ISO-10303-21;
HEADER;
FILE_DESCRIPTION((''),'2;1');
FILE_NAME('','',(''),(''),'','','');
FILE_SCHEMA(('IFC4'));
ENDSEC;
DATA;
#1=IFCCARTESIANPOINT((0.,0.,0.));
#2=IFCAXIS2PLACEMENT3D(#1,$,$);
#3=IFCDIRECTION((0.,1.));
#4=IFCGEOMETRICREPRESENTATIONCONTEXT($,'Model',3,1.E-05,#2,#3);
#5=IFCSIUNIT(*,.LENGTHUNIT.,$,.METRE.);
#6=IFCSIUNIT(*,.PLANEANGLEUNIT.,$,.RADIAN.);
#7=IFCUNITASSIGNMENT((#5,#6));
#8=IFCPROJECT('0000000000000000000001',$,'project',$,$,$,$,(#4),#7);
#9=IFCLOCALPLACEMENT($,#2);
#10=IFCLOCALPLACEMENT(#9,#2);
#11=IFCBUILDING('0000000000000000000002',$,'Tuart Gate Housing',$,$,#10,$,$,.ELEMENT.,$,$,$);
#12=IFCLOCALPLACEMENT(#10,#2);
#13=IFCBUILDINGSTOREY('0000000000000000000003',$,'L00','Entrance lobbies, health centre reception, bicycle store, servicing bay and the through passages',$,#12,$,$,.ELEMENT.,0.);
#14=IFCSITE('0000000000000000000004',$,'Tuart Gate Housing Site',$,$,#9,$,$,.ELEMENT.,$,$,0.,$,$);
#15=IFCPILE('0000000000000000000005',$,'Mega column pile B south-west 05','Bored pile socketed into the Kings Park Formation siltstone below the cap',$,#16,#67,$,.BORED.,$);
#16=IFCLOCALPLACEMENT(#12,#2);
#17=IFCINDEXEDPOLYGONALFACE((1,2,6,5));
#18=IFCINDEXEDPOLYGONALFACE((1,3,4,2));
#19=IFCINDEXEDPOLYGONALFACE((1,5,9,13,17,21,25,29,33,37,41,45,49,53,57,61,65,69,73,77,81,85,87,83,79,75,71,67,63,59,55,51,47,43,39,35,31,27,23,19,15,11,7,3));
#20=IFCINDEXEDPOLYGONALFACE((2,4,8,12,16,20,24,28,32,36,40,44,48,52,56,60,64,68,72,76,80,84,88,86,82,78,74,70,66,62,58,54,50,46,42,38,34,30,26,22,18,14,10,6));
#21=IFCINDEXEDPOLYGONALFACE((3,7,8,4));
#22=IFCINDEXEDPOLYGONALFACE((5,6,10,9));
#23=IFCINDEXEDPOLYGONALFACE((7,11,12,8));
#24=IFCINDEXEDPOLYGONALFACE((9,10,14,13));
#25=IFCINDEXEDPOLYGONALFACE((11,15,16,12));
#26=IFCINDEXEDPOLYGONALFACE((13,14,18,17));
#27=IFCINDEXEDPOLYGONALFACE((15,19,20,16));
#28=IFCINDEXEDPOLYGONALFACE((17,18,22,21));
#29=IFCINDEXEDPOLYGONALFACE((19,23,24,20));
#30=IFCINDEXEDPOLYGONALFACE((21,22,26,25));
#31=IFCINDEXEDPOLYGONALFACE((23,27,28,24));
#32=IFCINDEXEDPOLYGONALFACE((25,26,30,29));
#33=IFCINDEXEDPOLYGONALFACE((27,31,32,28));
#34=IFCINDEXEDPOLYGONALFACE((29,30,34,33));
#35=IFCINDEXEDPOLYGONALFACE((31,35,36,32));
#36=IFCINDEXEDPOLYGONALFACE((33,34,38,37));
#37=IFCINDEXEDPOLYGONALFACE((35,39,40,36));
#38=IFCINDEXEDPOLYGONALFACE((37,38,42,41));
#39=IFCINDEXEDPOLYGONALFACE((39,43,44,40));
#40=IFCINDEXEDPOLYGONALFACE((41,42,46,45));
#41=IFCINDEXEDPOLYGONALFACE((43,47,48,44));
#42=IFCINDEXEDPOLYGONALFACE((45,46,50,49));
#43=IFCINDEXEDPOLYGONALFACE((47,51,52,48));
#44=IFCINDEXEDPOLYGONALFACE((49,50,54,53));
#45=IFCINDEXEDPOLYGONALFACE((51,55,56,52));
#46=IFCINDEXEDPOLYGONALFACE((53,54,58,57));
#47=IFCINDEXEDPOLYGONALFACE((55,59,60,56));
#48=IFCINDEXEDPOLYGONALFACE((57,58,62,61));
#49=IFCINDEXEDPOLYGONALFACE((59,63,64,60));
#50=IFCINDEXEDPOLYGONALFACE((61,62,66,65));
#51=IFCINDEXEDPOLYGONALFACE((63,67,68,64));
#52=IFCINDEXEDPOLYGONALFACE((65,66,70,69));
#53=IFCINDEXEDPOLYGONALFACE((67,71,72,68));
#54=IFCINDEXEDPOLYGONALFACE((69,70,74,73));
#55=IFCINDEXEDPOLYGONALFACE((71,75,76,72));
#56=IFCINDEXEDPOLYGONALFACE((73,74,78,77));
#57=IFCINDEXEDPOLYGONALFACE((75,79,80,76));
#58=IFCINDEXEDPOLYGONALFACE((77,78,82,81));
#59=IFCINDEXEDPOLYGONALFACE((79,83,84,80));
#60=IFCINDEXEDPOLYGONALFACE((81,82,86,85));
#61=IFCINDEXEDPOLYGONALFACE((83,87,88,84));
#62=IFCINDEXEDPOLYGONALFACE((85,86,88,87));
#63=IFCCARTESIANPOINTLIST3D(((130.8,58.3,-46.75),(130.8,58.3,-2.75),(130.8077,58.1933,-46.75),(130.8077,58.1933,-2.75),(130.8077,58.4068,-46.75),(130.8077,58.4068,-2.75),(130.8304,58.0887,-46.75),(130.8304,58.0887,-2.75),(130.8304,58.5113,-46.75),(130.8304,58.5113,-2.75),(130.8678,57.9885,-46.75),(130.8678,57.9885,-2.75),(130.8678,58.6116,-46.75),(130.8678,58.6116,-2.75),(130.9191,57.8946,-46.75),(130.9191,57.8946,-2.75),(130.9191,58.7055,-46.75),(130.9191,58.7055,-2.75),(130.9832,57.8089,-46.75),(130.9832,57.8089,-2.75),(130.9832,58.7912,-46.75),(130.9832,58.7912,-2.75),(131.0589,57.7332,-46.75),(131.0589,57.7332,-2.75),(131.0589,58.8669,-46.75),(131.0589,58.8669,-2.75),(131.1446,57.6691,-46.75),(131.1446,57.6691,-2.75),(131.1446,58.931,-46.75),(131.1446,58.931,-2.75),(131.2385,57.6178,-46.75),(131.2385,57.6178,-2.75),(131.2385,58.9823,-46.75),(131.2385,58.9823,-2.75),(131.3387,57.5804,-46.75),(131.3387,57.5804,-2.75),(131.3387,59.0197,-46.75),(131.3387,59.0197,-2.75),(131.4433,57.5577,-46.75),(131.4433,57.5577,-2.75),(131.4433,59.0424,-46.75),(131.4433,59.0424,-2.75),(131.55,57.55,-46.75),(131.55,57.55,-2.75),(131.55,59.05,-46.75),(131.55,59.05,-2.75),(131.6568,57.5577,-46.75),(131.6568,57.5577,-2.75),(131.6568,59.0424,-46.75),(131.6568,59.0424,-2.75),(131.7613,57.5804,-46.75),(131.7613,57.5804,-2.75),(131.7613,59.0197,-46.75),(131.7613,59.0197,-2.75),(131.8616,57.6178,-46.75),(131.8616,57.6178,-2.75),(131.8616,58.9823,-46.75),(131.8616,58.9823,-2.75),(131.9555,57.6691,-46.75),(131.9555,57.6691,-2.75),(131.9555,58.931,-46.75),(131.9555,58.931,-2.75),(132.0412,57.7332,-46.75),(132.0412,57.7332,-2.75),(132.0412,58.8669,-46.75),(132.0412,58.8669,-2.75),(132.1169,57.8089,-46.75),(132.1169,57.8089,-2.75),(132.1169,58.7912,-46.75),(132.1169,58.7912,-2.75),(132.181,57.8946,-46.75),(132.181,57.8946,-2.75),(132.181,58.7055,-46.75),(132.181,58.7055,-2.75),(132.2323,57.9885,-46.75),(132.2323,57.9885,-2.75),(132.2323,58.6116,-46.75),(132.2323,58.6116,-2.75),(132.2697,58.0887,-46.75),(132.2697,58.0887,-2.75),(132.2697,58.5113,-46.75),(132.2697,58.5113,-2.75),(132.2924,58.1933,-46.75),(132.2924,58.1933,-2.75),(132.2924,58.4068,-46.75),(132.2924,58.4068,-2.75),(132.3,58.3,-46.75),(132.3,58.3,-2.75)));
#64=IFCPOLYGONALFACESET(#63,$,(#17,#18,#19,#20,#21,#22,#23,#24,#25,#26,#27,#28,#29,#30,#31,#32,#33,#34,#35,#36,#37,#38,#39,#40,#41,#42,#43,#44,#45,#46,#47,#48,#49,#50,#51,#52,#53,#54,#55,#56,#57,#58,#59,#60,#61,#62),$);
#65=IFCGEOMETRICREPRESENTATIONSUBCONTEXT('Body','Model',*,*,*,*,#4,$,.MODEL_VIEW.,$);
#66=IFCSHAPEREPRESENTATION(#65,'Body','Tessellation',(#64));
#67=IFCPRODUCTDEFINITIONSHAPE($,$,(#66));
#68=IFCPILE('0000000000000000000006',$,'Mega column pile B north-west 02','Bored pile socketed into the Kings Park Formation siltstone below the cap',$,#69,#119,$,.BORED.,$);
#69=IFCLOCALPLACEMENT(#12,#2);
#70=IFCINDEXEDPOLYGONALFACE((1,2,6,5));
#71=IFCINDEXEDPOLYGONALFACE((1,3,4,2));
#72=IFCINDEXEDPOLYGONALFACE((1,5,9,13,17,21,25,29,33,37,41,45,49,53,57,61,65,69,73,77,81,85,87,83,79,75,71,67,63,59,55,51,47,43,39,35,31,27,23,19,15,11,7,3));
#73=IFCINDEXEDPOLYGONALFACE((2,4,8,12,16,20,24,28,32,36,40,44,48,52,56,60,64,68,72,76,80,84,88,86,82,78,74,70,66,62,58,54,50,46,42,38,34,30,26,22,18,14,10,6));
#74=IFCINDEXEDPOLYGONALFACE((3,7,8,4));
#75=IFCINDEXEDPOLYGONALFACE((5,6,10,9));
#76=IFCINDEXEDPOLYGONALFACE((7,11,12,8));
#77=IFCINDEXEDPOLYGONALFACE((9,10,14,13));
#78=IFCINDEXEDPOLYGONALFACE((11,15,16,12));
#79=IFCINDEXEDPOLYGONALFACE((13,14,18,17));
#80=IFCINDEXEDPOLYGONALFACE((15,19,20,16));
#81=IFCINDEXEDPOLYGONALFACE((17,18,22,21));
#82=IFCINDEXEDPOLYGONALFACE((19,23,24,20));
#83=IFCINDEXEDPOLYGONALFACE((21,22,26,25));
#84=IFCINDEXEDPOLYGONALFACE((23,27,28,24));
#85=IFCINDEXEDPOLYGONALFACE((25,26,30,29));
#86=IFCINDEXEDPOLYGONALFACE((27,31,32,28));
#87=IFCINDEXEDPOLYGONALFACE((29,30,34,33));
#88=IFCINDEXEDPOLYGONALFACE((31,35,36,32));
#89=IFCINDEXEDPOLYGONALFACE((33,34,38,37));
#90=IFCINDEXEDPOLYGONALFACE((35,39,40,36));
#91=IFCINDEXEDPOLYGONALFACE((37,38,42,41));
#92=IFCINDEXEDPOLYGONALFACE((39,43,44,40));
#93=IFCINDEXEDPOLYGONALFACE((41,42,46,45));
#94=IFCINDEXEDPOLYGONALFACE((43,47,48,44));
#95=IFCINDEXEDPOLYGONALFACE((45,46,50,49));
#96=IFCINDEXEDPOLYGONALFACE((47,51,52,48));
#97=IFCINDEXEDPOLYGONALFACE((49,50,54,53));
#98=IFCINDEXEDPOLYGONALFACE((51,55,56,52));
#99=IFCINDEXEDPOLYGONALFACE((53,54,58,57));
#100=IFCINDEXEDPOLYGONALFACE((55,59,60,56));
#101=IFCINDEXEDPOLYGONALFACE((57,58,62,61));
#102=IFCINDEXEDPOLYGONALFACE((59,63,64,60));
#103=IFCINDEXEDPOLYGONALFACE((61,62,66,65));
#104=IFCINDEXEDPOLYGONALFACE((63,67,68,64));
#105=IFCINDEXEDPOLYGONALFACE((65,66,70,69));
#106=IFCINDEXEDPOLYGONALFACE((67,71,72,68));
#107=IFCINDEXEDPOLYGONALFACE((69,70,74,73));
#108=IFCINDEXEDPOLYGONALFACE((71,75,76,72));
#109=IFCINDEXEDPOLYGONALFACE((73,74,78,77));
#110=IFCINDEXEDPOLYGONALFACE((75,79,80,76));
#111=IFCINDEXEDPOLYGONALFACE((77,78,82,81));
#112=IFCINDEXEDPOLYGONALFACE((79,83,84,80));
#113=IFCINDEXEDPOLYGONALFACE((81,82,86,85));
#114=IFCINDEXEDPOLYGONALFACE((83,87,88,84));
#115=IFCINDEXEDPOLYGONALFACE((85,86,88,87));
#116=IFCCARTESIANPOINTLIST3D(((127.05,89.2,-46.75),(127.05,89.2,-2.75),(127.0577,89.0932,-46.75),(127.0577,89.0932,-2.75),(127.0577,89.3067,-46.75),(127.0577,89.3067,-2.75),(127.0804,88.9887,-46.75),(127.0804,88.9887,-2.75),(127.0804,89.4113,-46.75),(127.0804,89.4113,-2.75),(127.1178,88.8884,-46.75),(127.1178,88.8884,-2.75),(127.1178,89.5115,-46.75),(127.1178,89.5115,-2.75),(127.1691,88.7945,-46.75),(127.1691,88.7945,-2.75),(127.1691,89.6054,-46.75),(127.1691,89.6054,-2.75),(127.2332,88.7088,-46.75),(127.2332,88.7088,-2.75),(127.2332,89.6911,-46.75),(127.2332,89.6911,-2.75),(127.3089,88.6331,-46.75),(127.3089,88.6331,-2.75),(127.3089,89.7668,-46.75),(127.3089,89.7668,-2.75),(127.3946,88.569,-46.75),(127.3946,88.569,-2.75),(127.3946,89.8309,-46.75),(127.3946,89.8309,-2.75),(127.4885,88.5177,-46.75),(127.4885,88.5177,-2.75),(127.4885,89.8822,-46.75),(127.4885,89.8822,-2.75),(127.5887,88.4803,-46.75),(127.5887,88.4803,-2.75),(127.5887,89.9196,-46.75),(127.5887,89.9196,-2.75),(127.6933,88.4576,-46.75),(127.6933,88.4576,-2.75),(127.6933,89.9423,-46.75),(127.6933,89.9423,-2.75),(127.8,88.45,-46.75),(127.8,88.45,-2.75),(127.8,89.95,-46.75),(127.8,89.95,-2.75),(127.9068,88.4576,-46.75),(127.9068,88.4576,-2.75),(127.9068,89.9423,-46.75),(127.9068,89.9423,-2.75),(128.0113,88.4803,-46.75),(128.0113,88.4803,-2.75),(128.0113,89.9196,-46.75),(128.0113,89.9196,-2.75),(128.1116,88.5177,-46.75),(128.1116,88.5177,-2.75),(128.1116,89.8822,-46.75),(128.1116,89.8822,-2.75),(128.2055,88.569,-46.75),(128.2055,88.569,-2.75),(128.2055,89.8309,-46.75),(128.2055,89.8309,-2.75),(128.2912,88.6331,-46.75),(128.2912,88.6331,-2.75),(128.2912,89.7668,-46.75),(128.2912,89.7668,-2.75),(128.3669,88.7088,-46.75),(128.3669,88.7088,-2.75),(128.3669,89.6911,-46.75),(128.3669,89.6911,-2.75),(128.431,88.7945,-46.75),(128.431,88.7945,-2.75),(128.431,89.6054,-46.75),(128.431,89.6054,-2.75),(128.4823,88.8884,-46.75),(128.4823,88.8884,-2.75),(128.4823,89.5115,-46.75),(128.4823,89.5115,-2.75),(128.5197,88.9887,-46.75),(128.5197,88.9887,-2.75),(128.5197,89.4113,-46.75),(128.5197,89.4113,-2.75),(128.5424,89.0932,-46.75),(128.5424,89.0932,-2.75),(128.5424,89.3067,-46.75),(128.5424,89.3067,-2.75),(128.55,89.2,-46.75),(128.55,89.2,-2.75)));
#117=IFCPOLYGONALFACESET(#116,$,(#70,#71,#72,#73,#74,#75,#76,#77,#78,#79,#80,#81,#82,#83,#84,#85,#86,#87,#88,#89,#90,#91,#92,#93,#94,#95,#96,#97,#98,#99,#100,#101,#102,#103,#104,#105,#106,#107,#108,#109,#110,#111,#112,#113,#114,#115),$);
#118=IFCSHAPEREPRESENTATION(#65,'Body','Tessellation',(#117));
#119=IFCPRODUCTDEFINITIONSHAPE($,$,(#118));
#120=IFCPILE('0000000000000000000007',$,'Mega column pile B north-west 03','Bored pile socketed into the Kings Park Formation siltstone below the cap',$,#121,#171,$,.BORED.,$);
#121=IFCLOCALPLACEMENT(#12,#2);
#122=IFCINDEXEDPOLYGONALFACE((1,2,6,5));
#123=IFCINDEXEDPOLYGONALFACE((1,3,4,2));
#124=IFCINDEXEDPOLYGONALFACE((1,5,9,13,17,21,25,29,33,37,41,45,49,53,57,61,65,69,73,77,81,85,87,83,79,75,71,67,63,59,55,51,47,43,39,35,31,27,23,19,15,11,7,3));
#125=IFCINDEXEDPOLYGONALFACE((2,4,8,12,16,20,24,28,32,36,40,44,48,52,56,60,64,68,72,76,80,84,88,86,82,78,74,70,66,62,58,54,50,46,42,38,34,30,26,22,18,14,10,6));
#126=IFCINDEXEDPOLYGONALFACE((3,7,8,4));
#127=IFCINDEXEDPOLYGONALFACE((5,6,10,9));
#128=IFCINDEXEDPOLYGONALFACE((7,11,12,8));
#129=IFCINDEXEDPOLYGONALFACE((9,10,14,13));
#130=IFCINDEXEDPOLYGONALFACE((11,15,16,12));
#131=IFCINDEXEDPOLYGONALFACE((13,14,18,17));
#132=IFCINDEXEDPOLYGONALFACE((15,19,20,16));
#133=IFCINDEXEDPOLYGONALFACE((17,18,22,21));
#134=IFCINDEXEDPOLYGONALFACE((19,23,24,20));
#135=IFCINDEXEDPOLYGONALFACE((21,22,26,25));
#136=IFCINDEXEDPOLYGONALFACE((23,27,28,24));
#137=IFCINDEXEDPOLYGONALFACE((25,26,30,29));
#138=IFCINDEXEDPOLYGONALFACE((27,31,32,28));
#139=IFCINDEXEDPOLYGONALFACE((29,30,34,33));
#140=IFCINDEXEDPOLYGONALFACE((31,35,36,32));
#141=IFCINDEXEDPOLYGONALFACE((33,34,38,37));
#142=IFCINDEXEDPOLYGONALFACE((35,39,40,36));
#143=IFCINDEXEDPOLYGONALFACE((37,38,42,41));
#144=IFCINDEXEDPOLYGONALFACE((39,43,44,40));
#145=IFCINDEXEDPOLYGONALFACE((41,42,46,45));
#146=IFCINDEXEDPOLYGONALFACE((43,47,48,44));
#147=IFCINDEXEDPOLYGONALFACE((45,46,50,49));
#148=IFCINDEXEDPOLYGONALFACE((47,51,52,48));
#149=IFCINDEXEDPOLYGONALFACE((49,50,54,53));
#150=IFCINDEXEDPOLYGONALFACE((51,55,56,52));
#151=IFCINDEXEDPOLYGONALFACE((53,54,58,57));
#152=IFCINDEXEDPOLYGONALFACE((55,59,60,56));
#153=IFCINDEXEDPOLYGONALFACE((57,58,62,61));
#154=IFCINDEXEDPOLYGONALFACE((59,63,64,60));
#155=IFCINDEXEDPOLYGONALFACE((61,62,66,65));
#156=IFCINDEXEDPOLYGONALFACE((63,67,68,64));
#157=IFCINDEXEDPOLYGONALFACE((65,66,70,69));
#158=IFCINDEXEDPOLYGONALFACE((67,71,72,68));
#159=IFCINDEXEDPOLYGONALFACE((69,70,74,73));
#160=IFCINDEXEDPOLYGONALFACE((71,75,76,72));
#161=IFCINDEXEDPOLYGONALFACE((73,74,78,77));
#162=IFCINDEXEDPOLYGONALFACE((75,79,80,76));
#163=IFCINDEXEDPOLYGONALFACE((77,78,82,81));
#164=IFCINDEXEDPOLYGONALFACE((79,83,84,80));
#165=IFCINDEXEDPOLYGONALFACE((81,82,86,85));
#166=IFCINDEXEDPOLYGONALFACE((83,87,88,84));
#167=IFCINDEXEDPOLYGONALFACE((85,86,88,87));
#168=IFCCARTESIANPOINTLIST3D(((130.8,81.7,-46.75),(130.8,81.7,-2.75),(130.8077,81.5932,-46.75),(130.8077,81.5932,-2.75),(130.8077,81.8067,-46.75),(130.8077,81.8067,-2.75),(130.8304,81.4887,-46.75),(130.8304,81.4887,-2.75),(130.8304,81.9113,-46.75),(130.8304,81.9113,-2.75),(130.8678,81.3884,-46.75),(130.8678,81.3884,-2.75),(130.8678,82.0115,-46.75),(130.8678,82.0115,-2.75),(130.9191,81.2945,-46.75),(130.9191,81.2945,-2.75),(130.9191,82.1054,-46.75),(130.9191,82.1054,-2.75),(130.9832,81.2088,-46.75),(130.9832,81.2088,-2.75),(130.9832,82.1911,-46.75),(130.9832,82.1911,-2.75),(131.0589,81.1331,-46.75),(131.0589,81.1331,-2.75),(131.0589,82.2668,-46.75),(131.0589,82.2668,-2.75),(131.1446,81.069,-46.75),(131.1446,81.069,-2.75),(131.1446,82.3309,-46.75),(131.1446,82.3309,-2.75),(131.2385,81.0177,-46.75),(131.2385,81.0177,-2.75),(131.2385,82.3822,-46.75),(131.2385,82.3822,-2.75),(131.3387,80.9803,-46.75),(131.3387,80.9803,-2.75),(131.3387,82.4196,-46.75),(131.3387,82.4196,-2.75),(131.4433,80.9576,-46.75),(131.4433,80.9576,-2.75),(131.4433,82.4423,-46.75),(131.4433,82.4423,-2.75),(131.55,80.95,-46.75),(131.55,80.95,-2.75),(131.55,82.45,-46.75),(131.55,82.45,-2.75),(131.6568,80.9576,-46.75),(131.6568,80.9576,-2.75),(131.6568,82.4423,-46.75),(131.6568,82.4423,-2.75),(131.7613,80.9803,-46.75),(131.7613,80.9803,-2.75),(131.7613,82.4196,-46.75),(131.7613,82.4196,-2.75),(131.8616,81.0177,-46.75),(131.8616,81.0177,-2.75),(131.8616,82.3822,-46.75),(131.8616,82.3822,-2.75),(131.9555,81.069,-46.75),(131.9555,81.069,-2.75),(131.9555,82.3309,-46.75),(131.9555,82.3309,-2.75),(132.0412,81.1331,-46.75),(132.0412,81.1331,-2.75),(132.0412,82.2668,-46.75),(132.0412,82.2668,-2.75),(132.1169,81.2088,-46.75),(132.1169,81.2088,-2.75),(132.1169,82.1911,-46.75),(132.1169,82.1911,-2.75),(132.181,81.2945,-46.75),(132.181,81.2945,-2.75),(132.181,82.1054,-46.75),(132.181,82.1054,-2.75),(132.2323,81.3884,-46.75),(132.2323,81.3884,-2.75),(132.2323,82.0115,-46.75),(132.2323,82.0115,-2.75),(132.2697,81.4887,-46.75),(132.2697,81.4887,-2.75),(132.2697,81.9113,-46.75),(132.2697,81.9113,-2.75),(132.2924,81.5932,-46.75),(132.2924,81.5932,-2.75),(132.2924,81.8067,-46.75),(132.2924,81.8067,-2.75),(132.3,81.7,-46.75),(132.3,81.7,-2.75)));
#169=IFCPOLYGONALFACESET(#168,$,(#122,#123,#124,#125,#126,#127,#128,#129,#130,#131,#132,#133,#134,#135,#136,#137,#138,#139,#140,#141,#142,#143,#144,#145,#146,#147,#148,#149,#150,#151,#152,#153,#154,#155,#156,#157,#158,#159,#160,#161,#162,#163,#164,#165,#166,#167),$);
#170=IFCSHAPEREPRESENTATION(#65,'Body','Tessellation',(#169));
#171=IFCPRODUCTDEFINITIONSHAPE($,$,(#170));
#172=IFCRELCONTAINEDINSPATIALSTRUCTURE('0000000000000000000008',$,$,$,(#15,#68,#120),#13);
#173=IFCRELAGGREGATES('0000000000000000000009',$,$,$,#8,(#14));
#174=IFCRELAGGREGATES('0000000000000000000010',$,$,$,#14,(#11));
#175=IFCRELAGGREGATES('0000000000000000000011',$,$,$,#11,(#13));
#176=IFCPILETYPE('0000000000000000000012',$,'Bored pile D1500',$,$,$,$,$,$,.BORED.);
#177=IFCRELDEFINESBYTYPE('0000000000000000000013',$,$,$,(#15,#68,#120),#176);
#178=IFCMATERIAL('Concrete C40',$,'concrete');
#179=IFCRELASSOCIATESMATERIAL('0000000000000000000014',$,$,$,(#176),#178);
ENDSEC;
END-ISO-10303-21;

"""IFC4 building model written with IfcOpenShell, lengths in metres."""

from ifc_helpers import new_model, si_unit, direction, frame, origin, origin_2d, place, context, subcontext, project, spatial, circle, extrude, material, material_profile, profile_set, type_object, element, save


model = new_model("IFC4")

# Units and contexts
model_context = context("Model", 3, precision=1e-05, world=origin(), true_north=direction((0.0, 1.0)))
body_context = subcontext(model_context, "Body", "Model", "MODEL_VIEW")
ifc_project = project(units=[si_unit("LENGTHUNIT", "METRE"), si_unit("PLANEANGLEUNIT", "RADIAN")], contexts=[model_context])

# Site, building, storey
site_placement = place(None, origin())
site = spatial("IfcSite", under=ifc_project, at=site_placement, Name="Tuart Gate Housing Site", CompositionType="ELEMENT", RefElevation=0.0)
building_placement = place(site_placement, origin())
building = spatial("IfcBuilding", under=site, at=building_placement, Name="Tuart Gate Housing", CompositionType="ELEMENT")
storey_placement = place(building_placement, origin())
storey = spatial("IfcBuildingStorey", under=building, at=storey_placement, Name="L00", Description="Entrance lobbies, health centre reception, bicycle store, servicing bay and the through passages", CompositionType="ELEMENT", Elevation=0.0)

# Piles
ifc_material_1 = material(Name="Concrete C40", Category="concrete")
ifc_material_profile_1 = material_profile(ifc_material_1, circle(Radius=0.75, at=origin_2d()), Name="Bored pile D1500")
ifc_profile_set_1 = profile_set([ifc_material_profile_1], Name="Concrete C40")
pile_type = type_object("IfcPileType", Name="Bored pile D1500", PredefinedType="BORED", material=ifc_profile_set_1)
for number, where, z_axis, x_axis, name in (
    (1, (131.55, 58.3, -2.75), (0.0, 0.0, -1.0), (1.0, 0.0, 0.0), "Mega column pile B south-west 05"),
    (2, (127.8, 89.2, -2.75), (0.0, 0.0, -1.0), (1.0, 0.0, 0.0), "Mega column pile B north-west 02"),
    (3, (131.55, 81.7, -2.75), (0.0, 0.0, -1.0), (1.0, 0.0, 0.0), "Mega column pile B north-west 03"),
):
    element("IfcPile", number, at=place(storey_placement, frame(where, z_axis=z_axis, x_axis=x_axis)), inside=storey, type_object=pile_type, Name=name, Description="Bored pile socketed into the Kings Park Formation siltstone below the cap", PredefinedType="BORED", context=body_context, shape_type="SweptSolid", body=[
        extrude(circle(Radius=0.75, at=origin_2d()), origin(), (0.0, 0.0, 1.0), 44.0),
    ])

save(model, "model.ifc")
